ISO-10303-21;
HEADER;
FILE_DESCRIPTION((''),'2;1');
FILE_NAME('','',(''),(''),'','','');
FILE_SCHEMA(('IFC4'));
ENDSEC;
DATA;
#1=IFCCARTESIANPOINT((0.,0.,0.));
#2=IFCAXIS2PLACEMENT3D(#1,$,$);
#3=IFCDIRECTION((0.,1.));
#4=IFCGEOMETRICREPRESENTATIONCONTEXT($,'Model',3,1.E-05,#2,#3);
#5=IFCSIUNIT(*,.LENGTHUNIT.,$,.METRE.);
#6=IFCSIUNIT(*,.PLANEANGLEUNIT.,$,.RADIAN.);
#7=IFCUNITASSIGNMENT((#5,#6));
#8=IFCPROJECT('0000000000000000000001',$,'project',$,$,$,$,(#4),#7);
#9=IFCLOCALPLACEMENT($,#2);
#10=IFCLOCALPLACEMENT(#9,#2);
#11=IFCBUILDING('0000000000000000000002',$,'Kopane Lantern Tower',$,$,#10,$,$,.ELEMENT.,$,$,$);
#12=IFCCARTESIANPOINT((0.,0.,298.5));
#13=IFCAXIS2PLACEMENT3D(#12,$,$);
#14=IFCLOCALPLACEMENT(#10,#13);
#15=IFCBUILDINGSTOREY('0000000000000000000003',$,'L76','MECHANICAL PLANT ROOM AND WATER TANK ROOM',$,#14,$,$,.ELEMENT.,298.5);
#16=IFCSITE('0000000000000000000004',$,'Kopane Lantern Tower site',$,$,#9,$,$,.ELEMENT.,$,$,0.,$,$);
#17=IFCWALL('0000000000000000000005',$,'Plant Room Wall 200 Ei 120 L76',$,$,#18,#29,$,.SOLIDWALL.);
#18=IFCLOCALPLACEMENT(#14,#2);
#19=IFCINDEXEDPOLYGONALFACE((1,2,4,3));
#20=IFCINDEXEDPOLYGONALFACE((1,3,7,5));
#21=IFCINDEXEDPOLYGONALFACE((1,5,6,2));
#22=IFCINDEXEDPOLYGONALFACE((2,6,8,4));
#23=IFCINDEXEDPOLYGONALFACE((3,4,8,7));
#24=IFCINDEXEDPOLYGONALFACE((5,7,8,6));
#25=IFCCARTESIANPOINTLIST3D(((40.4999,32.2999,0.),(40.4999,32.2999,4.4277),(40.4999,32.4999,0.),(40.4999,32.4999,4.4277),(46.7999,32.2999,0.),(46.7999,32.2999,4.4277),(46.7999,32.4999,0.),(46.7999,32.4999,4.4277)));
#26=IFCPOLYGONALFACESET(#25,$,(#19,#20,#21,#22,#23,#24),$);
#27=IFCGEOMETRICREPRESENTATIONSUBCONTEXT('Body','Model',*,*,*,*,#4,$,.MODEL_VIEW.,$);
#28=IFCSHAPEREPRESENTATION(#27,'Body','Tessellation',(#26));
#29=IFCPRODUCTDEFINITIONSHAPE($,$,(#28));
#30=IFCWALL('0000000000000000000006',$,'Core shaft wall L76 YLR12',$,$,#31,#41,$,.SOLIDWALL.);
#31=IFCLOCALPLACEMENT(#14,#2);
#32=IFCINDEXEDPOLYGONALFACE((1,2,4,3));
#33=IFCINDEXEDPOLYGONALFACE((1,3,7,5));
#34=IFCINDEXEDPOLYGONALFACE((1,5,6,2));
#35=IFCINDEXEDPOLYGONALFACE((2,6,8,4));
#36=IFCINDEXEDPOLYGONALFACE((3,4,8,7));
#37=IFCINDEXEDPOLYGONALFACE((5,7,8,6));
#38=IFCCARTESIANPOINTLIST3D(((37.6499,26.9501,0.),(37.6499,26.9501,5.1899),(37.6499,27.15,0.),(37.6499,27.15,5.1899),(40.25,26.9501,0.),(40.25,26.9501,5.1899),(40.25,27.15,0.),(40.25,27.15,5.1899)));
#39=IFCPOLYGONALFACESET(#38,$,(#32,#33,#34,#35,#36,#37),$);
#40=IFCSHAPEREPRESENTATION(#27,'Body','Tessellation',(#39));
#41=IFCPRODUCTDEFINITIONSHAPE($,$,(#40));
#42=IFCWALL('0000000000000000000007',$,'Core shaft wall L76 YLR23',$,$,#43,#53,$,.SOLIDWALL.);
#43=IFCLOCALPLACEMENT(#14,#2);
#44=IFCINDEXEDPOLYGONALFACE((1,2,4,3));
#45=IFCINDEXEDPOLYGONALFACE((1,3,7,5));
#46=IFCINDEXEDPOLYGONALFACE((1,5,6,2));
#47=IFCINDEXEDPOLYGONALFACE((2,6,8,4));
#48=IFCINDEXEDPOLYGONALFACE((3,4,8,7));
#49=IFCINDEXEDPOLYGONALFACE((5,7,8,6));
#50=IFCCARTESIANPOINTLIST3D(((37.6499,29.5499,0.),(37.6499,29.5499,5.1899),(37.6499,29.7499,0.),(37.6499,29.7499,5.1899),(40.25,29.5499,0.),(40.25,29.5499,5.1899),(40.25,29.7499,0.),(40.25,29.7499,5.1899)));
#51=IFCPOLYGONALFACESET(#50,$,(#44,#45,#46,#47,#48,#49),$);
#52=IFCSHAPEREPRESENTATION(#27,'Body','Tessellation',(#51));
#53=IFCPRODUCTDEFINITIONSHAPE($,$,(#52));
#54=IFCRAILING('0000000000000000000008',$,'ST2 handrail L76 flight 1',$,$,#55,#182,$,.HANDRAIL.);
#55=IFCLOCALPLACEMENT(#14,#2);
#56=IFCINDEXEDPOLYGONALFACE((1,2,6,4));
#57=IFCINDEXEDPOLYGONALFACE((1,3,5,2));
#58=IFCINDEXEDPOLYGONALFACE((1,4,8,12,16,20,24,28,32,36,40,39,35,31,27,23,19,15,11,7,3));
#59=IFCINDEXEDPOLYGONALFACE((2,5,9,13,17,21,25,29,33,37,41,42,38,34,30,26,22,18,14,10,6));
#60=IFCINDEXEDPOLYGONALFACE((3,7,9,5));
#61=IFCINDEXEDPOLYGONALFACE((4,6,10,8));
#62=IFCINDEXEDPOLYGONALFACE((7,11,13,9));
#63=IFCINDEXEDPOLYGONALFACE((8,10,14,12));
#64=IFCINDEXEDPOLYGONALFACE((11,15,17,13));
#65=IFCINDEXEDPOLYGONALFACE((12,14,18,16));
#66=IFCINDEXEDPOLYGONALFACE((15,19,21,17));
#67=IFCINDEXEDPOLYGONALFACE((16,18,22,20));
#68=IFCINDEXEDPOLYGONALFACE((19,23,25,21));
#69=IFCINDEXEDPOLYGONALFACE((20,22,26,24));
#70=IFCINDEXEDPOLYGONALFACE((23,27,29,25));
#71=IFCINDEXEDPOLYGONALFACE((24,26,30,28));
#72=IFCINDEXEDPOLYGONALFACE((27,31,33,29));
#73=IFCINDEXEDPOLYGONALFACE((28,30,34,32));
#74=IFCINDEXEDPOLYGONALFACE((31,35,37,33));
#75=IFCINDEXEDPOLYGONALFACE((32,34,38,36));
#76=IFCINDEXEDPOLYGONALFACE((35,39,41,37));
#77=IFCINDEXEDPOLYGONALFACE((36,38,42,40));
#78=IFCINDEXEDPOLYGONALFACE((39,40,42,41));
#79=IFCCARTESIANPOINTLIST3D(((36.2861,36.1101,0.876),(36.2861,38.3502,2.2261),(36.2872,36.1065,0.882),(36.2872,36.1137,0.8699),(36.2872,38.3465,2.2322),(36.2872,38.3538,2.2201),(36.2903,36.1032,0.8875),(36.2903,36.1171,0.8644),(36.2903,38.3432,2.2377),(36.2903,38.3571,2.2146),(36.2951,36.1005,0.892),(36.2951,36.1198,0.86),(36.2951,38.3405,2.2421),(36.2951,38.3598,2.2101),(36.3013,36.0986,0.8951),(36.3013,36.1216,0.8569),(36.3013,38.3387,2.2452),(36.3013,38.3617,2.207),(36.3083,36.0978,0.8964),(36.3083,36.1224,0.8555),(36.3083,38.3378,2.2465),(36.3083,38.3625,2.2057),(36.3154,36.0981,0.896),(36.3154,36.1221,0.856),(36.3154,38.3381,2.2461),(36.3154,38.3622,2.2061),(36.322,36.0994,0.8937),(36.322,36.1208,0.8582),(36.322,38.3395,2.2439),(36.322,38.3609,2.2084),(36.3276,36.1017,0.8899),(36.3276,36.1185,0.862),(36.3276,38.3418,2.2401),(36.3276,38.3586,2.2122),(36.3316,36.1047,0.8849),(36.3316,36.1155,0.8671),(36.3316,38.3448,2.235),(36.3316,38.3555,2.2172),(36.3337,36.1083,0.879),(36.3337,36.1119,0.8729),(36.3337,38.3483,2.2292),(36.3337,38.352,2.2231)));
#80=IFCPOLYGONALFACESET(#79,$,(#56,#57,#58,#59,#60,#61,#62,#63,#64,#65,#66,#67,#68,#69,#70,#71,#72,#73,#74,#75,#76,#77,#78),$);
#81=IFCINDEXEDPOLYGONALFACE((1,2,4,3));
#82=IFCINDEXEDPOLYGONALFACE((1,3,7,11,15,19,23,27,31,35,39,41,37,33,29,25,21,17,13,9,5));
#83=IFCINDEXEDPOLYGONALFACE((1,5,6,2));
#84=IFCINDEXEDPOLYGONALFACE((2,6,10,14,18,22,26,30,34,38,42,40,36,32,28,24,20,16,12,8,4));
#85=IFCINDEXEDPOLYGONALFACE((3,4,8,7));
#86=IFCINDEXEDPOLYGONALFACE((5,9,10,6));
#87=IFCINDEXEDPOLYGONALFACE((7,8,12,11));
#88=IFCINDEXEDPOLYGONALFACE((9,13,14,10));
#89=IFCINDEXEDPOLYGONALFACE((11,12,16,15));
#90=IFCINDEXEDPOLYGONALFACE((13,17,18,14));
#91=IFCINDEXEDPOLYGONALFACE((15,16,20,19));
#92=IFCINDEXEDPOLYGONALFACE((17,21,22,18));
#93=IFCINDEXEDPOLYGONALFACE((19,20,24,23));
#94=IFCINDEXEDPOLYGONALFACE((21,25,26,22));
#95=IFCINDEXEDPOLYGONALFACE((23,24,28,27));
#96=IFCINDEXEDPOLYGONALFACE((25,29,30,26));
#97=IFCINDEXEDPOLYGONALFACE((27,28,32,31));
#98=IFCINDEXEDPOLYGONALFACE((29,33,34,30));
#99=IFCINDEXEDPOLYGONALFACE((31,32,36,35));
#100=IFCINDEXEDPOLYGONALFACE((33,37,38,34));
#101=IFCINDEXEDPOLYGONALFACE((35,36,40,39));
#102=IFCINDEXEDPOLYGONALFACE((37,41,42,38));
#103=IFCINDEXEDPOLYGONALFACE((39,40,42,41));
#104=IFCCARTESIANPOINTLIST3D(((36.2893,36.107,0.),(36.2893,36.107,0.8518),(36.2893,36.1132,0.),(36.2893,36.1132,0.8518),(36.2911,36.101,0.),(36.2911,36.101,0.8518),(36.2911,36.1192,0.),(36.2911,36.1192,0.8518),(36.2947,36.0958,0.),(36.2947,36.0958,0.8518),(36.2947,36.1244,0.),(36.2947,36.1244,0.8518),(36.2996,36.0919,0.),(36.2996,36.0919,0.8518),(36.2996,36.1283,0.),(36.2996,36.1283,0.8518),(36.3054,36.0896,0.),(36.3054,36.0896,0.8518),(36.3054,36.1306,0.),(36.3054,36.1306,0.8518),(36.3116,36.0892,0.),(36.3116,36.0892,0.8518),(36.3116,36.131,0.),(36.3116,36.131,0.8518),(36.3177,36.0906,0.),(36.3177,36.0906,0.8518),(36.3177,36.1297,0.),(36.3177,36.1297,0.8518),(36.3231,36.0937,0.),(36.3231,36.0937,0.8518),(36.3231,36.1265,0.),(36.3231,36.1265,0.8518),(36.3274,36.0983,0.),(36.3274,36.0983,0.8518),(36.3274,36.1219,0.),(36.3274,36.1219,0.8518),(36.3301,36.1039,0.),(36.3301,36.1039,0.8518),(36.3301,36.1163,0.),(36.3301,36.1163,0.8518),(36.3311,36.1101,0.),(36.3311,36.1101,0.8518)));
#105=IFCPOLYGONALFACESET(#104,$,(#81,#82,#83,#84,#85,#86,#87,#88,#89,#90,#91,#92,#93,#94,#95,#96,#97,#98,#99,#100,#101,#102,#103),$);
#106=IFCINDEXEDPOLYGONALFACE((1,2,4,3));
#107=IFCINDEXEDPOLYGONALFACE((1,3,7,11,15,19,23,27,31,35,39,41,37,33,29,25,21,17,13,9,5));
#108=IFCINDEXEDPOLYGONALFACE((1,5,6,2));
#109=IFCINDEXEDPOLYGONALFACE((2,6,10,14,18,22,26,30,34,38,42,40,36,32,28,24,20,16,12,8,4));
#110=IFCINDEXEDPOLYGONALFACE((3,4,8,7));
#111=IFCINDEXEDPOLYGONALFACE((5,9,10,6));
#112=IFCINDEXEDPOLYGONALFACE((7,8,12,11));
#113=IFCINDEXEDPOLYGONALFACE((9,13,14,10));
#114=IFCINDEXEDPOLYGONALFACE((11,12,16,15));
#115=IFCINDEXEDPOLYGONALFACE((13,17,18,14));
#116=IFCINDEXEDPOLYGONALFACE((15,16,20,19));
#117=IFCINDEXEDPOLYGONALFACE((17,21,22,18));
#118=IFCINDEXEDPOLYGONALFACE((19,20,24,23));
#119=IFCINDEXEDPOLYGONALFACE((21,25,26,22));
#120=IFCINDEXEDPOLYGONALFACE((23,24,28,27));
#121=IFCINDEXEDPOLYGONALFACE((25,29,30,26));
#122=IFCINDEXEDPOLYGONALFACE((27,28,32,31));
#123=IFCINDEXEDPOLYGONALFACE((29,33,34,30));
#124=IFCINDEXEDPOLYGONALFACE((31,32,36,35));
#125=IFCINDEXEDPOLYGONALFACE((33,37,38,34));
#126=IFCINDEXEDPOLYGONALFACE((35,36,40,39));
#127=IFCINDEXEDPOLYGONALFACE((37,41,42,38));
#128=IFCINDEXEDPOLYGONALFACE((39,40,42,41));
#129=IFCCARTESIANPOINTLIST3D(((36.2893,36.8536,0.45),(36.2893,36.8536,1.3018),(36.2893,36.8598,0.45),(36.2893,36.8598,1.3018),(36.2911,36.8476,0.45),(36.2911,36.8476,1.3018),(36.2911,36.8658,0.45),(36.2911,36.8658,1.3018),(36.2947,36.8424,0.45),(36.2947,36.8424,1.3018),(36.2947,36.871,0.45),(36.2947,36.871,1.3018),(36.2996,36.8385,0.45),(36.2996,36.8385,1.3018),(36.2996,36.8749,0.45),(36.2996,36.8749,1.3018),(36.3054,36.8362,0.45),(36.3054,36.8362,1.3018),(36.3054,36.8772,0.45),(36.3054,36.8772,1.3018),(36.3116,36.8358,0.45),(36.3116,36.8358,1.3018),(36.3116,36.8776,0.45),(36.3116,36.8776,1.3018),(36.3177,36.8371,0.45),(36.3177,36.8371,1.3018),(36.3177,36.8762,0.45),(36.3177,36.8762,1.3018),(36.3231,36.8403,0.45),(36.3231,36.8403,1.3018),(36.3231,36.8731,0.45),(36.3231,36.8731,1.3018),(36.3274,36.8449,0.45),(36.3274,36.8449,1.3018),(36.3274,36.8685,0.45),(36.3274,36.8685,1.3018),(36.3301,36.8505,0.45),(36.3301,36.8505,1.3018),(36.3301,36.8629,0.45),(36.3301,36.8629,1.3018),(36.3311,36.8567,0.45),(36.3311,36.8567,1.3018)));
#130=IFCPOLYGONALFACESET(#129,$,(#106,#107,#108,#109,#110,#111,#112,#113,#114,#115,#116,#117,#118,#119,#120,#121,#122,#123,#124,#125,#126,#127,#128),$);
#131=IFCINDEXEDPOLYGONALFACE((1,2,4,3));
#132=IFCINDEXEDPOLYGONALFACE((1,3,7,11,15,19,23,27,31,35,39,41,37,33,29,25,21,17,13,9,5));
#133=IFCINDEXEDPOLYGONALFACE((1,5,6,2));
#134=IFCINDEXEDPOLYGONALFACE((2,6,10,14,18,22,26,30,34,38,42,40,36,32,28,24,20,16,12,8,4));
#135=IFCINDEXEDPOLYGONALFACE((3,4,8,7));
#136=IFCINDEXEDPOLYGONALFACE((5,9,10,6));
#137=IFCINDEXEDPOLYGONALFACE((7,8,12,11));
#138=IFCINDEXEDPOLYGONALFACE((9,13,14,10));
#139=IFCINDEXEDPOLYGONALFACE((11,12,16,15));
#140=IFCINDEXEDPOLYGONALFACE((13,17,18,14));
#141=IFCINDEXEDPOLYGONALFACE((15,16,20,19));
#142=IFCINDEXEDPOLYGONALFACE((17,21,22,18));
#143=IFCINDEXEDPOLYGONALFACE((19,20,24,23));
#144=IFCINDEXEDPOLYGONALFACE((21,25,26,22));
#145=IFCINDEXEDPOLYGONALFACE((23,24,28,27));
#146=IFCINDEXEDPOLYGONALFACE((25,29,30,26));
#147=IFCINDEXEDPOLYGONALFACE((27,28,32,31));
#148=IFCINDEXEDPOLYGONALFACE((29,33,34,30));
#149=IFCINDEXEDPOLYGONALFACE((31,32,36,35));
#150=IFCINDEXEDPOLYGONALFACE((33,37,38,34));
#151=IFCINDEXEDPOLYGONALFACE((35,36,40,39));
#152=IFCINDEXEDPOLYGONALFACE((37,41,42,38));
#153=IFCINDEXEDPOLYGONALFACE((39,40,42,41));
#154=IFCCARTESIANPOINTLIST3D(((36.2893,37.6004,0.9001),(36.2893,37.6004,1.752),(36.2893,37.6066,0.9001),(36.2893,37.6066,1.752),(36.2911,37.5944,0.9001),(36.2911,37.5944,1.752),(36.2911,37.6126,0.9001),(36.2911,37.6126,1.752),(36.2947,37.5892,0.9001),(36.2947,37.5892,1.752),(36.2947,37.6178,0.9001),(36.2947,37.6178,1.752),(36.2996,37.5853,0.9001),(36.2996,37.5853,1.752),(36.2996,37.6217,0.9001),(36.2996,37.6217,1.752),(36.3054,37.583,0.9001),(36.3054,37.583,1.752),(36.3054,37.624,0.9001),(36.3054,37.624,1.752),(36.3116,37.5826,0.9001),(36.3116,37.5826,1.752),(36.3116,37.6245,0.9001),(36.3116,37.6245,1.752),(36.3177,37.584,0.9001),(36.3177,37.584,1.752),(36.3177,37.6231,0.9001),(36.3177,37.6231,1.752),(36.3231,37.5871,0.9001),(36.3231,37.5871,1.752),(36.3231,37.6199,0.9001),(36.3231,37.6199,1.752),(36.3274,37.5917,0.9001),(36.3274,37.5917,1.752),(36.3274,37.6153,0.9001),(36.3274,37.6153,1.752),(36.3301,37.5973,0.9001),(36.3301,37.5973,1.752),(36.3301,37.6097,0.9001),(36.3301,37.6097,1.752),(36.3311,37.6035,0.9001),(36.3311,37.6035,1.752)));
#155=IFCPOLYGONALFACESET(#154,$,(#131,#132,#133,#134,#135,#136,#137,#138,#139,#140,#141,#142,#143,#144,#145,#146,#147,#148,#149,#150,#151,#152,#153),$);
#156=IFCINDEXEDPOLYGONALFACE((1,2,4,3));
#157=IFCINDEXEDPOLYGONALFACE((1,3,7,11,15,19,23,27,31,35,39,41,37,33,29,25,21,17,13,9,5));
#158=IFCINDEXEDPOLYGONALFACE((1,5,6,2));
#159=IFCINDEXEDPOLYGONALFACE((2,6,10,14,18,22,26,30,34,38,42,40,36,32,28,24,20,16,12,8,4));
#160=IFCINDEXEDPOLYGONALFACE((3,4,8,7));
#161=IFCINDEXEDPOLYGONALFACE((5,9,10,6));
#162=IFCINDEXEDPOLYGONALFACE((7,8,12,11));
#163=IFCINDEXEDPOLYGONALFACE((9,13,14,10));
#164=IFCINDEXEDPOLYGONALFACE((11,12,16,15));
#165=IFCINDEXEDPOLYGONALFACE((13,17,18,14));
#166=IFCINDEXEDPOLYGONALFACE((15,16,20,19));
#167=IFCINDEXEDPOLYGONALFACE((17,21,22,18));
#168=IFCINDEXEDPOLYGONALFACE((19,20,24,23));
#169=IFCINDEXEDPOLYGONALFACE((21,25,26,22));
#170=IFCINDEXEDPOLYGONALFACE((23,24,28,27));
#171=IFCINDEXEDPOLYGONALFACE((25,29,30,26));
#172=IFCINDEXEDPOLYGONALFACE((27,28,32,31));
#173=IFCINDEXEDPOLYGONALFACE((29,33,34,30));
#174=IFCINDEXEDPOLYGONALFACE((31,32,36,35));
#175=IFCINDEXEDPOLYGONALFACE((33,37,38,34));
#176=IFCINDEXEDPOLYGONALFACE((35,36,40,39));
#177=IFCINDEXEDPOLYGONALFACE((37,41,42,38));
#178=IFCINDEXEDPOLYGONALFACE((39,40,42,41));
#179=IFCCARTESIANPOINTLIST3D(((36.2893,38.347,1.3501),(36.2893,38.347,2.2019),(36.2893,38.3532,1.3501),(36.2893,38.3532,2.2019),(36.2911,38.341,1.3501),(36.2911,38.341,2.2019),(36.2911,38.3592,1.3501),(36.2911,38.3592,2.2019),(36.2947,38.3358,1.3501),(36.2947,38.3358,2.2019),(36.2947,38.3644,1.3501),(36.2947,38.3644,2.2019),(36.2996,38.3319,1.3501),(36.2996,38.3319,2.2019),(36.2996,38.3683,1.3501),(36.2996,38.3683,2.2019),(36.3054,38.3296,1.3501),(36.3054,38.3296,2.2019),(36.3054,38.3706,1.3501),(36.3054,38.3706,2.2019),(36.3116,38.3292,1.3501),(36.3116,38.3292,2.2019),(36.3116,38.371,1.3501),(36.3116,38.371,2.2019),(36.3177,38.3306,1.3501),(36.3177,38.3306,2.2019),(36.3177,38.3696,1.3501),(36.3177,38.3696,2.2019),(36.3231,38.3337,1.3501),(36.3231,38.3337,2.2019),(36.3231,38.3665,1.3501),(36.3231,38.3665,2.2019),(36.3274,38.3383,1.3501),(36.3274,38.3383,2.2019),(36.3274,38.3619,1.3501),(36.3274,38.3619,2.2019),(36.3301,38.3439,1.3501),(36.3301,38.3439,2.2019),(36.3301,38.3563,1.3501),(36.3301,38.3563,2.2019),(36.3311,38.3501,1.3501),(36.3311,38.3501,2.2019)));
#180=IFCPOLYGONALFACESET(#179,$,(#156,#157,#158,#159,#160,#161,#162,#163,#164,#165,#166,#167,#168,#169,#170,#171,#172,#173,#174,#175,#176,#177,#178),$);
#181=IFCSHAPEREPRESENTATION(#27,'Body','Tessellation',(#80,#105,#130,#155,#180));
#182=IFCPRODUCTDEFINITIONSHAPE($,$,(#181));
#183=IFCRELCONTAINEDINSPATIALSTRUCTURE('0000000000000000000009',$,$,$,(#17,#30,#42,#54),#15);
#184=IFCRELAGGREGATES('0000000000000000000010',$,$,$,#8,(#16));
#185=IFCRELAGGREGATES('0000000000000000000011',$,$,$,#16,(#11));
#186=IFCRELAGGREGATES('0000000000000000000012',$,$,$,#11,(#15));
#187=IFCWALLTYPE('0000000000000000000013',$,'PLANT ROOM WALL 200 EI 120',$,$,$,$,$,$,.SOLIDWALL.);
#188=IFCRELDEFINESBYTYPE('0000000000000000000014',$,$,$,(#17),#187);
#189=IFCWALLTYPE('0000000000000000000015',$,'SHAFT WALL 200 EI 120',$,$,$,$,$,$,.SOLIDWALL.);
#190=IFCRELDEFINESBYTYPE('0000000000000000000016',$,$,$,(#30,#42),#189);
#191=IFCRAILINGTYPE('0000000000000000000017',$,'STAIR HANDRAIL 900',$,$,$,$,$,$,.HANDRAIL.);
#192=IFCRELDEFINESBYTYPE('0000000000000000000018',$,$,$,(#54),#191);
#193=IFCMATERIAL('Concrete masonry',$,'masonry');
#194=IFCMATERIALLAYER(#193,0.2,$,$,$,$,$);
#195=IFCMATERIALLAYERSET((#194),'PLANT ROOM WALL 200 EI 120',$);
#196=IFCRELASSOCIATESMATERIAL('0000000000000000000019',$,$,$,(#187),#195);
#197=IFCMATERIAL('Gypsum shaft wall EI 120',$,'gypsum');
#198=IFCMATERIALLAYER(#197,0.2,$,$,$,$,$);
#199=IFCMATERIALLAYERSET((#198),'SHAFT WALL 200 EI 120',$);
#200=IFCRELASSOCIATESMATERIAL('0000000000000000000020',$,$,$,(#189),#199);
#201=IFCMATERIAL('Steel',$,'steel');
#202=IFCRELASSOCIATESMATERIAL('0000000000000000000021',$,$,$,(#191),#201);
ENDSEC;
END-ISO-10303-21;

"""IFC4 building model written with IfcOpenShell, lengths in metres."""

from ifc_helpers import new_model, si_unit, direction, frame, frame_2d, origin, origin_2d, place, context, subcontext, project, spatial, rectangle, circle, extrude, material, layer, layer_set, type_object, element, save


model = new_model("IFC4")

# Units and contexts
model_context = context("Model", 3, precision=1e-05, world=origin(), true_north=direction((0.0, 1.0)))
body_context = subcontext(model_context, "Body", "Model", "MODEL_VIEW")
ifc_project = project(units=[si_unit("LENGTHUNIT", "METRE"), si_unit("PLANEANGLEUNIT", "RADIAN")], contexts=[model_context])

# Site, building, storey
site_placement = place(None, origin())
site = spatial("IfcSite", under=ifc_project, at=site_placement, Name="Kopane Lantern Tower site", CompositionType="ELEMENT", RefElevation=0.0)
building_placement = place(site_placement, origin())
building = spatial("IfcBuilding", under=site, at=building_placement, Name="Kopane Lantern Tower", CompositionType="ELEMENT")
storey_placement = place(building_placement, frame((0.0, 0.0, 298.5)))
storey = spatial("IfcBuildingStorey", under=building, at=storey_placement, Name="L76", Description="MECHANICAL PLANT ROOM AND WATER TANK ROOM", CompositionType="ELEMENT", Elevation=298.5)

# Walls
ifc_material_1 = material(Name="Concrete masonry", Category="masonry")
ifc_layer_1 = layer(ifc_material_1, 0.2)
ifc_layer_set_1 = layer_set([ifc_layer_1], Name="PLANT ROOM WALL 200 EI 120")
wall_type_1 = type_object("IfcWallType", Name="PLANT ROOM WALL 200 EI 120", PredefinedType="SOLIDWALL", material=ifc_layer_set_1)
wall_1_placement = place(storey_placement, frame((40.5, 32.3999, 0.0), z_axis=(0.0, 0.0, 1.0), x_axis=(1.0, 0.0, 0.0)))
element("IfcWall", 1, at=wall_1_placement, inside=storey, type_object=wall_type_1, Name="Plant Room Wall 200 Ei 120 L76", PredefinedType="SOLIDWALL", context=body_context, shape_type="SweptSolid", body=[
    extrude(rectangle(XDim=6.3, YDim=0.2, at=frame_2d((3.1499, 0.0))), origin(), (0.0, 0.0, 1.0), 4.4277),
])
ifc_material_2 = material(Name="Gypsum shaft wall EI 120", Category="gypsum")
ifc_layer_2 = layer(ifc_material_2, 0.2)
ifc_layer_set_2 = layer_set([ifc_layer_2], Name="SHAFT WALL 200 EI 120")
wall_type_2 = type_object("IfcWallType", Name="SHAFT WALL 200 EI 120", PredefinedType="SOLIDWALL", material=ifc_layer_set_2)
for number, where, z_axis, x_axis, name in (
    (2, (37.6499, 27.05, 0.0), (0.0, 0.0, 1.0), (1.0, 0.0, 0.0), "Core shaft wall L76 YLR12"),
    (3, (37.6499, 29.6499, 0.0), (0.0, 0.0, 1.0), (1.0, 0.0, 0.0), "Core shaft wall L76 YLR23"),
):
    element("IfcWall", number, at=place(storey_placement, frame(where, z_axis=z_axis, x_axis=x_axis)), inside=storey, type_object=wall_type_2, Name=name, PredefinedType="SOLIDWALL", context=body_context, shape_type="SweptSolid", body=[
        extrude(rectangle(XDim=2.6001, YDim=0.2, at=frame_2d((1.3, 0.0))), origin(), (0.0, 0.0, 1.0), 5.1899),
    ])

# Railing
ifc_material_3 = material(Name="Steel", Category="steel")
railing_type = type_object("IfcRailingType", Name="STAIR HANDRAIL 900", PredefinedType="HANDRAIL", material=ifc_material_3)
for number, where, name in (
    (4, (36.3101, 36.1101, 0.0), "ST2 handrail L76 flight 1"),
):
    element("IfcRailing", number, at=place(storey_placement, frame(where)), inside=storey, type_object=railing_type, Name=name, PredefinedType="HANDRAIL", context=body_context, shape_type="SweptSolid", body=[
        extrude(circle(Radius=0.0239, at=origin_2d()), frame((0.0, 0.0, 0.876), z_axis=(0.0, 0.856462, 0.516211), x_axis=(-1.0, 0.0, 0.0)), (0.0, 0.0, 1.0), 2.6155),
        extrude(circle(Radius=0.021, at=origin_2d()), origin(), (0.0, 0.0, 1.0), 0.8518),
        extrude(circle(Radius=0.021, at=origin_2d()), frame((0.0, 0.7466, 0.45)), (0.0, 0.0, 1.0), 0.8518),
        extrude(circle(Radius=0.021, at=origin_2d()), frame((0.0, 1.4934, 0.9001)), (0.0, 0.0, 1.0), 0.8518),
        extrude(circle(Radius=0.021, at=origin_2d()), frame((0.0, 2.24, 1.3501)), (0.0, 0.0, 1.0), 0.8518),
    ])

save(model, "model.ifc")
